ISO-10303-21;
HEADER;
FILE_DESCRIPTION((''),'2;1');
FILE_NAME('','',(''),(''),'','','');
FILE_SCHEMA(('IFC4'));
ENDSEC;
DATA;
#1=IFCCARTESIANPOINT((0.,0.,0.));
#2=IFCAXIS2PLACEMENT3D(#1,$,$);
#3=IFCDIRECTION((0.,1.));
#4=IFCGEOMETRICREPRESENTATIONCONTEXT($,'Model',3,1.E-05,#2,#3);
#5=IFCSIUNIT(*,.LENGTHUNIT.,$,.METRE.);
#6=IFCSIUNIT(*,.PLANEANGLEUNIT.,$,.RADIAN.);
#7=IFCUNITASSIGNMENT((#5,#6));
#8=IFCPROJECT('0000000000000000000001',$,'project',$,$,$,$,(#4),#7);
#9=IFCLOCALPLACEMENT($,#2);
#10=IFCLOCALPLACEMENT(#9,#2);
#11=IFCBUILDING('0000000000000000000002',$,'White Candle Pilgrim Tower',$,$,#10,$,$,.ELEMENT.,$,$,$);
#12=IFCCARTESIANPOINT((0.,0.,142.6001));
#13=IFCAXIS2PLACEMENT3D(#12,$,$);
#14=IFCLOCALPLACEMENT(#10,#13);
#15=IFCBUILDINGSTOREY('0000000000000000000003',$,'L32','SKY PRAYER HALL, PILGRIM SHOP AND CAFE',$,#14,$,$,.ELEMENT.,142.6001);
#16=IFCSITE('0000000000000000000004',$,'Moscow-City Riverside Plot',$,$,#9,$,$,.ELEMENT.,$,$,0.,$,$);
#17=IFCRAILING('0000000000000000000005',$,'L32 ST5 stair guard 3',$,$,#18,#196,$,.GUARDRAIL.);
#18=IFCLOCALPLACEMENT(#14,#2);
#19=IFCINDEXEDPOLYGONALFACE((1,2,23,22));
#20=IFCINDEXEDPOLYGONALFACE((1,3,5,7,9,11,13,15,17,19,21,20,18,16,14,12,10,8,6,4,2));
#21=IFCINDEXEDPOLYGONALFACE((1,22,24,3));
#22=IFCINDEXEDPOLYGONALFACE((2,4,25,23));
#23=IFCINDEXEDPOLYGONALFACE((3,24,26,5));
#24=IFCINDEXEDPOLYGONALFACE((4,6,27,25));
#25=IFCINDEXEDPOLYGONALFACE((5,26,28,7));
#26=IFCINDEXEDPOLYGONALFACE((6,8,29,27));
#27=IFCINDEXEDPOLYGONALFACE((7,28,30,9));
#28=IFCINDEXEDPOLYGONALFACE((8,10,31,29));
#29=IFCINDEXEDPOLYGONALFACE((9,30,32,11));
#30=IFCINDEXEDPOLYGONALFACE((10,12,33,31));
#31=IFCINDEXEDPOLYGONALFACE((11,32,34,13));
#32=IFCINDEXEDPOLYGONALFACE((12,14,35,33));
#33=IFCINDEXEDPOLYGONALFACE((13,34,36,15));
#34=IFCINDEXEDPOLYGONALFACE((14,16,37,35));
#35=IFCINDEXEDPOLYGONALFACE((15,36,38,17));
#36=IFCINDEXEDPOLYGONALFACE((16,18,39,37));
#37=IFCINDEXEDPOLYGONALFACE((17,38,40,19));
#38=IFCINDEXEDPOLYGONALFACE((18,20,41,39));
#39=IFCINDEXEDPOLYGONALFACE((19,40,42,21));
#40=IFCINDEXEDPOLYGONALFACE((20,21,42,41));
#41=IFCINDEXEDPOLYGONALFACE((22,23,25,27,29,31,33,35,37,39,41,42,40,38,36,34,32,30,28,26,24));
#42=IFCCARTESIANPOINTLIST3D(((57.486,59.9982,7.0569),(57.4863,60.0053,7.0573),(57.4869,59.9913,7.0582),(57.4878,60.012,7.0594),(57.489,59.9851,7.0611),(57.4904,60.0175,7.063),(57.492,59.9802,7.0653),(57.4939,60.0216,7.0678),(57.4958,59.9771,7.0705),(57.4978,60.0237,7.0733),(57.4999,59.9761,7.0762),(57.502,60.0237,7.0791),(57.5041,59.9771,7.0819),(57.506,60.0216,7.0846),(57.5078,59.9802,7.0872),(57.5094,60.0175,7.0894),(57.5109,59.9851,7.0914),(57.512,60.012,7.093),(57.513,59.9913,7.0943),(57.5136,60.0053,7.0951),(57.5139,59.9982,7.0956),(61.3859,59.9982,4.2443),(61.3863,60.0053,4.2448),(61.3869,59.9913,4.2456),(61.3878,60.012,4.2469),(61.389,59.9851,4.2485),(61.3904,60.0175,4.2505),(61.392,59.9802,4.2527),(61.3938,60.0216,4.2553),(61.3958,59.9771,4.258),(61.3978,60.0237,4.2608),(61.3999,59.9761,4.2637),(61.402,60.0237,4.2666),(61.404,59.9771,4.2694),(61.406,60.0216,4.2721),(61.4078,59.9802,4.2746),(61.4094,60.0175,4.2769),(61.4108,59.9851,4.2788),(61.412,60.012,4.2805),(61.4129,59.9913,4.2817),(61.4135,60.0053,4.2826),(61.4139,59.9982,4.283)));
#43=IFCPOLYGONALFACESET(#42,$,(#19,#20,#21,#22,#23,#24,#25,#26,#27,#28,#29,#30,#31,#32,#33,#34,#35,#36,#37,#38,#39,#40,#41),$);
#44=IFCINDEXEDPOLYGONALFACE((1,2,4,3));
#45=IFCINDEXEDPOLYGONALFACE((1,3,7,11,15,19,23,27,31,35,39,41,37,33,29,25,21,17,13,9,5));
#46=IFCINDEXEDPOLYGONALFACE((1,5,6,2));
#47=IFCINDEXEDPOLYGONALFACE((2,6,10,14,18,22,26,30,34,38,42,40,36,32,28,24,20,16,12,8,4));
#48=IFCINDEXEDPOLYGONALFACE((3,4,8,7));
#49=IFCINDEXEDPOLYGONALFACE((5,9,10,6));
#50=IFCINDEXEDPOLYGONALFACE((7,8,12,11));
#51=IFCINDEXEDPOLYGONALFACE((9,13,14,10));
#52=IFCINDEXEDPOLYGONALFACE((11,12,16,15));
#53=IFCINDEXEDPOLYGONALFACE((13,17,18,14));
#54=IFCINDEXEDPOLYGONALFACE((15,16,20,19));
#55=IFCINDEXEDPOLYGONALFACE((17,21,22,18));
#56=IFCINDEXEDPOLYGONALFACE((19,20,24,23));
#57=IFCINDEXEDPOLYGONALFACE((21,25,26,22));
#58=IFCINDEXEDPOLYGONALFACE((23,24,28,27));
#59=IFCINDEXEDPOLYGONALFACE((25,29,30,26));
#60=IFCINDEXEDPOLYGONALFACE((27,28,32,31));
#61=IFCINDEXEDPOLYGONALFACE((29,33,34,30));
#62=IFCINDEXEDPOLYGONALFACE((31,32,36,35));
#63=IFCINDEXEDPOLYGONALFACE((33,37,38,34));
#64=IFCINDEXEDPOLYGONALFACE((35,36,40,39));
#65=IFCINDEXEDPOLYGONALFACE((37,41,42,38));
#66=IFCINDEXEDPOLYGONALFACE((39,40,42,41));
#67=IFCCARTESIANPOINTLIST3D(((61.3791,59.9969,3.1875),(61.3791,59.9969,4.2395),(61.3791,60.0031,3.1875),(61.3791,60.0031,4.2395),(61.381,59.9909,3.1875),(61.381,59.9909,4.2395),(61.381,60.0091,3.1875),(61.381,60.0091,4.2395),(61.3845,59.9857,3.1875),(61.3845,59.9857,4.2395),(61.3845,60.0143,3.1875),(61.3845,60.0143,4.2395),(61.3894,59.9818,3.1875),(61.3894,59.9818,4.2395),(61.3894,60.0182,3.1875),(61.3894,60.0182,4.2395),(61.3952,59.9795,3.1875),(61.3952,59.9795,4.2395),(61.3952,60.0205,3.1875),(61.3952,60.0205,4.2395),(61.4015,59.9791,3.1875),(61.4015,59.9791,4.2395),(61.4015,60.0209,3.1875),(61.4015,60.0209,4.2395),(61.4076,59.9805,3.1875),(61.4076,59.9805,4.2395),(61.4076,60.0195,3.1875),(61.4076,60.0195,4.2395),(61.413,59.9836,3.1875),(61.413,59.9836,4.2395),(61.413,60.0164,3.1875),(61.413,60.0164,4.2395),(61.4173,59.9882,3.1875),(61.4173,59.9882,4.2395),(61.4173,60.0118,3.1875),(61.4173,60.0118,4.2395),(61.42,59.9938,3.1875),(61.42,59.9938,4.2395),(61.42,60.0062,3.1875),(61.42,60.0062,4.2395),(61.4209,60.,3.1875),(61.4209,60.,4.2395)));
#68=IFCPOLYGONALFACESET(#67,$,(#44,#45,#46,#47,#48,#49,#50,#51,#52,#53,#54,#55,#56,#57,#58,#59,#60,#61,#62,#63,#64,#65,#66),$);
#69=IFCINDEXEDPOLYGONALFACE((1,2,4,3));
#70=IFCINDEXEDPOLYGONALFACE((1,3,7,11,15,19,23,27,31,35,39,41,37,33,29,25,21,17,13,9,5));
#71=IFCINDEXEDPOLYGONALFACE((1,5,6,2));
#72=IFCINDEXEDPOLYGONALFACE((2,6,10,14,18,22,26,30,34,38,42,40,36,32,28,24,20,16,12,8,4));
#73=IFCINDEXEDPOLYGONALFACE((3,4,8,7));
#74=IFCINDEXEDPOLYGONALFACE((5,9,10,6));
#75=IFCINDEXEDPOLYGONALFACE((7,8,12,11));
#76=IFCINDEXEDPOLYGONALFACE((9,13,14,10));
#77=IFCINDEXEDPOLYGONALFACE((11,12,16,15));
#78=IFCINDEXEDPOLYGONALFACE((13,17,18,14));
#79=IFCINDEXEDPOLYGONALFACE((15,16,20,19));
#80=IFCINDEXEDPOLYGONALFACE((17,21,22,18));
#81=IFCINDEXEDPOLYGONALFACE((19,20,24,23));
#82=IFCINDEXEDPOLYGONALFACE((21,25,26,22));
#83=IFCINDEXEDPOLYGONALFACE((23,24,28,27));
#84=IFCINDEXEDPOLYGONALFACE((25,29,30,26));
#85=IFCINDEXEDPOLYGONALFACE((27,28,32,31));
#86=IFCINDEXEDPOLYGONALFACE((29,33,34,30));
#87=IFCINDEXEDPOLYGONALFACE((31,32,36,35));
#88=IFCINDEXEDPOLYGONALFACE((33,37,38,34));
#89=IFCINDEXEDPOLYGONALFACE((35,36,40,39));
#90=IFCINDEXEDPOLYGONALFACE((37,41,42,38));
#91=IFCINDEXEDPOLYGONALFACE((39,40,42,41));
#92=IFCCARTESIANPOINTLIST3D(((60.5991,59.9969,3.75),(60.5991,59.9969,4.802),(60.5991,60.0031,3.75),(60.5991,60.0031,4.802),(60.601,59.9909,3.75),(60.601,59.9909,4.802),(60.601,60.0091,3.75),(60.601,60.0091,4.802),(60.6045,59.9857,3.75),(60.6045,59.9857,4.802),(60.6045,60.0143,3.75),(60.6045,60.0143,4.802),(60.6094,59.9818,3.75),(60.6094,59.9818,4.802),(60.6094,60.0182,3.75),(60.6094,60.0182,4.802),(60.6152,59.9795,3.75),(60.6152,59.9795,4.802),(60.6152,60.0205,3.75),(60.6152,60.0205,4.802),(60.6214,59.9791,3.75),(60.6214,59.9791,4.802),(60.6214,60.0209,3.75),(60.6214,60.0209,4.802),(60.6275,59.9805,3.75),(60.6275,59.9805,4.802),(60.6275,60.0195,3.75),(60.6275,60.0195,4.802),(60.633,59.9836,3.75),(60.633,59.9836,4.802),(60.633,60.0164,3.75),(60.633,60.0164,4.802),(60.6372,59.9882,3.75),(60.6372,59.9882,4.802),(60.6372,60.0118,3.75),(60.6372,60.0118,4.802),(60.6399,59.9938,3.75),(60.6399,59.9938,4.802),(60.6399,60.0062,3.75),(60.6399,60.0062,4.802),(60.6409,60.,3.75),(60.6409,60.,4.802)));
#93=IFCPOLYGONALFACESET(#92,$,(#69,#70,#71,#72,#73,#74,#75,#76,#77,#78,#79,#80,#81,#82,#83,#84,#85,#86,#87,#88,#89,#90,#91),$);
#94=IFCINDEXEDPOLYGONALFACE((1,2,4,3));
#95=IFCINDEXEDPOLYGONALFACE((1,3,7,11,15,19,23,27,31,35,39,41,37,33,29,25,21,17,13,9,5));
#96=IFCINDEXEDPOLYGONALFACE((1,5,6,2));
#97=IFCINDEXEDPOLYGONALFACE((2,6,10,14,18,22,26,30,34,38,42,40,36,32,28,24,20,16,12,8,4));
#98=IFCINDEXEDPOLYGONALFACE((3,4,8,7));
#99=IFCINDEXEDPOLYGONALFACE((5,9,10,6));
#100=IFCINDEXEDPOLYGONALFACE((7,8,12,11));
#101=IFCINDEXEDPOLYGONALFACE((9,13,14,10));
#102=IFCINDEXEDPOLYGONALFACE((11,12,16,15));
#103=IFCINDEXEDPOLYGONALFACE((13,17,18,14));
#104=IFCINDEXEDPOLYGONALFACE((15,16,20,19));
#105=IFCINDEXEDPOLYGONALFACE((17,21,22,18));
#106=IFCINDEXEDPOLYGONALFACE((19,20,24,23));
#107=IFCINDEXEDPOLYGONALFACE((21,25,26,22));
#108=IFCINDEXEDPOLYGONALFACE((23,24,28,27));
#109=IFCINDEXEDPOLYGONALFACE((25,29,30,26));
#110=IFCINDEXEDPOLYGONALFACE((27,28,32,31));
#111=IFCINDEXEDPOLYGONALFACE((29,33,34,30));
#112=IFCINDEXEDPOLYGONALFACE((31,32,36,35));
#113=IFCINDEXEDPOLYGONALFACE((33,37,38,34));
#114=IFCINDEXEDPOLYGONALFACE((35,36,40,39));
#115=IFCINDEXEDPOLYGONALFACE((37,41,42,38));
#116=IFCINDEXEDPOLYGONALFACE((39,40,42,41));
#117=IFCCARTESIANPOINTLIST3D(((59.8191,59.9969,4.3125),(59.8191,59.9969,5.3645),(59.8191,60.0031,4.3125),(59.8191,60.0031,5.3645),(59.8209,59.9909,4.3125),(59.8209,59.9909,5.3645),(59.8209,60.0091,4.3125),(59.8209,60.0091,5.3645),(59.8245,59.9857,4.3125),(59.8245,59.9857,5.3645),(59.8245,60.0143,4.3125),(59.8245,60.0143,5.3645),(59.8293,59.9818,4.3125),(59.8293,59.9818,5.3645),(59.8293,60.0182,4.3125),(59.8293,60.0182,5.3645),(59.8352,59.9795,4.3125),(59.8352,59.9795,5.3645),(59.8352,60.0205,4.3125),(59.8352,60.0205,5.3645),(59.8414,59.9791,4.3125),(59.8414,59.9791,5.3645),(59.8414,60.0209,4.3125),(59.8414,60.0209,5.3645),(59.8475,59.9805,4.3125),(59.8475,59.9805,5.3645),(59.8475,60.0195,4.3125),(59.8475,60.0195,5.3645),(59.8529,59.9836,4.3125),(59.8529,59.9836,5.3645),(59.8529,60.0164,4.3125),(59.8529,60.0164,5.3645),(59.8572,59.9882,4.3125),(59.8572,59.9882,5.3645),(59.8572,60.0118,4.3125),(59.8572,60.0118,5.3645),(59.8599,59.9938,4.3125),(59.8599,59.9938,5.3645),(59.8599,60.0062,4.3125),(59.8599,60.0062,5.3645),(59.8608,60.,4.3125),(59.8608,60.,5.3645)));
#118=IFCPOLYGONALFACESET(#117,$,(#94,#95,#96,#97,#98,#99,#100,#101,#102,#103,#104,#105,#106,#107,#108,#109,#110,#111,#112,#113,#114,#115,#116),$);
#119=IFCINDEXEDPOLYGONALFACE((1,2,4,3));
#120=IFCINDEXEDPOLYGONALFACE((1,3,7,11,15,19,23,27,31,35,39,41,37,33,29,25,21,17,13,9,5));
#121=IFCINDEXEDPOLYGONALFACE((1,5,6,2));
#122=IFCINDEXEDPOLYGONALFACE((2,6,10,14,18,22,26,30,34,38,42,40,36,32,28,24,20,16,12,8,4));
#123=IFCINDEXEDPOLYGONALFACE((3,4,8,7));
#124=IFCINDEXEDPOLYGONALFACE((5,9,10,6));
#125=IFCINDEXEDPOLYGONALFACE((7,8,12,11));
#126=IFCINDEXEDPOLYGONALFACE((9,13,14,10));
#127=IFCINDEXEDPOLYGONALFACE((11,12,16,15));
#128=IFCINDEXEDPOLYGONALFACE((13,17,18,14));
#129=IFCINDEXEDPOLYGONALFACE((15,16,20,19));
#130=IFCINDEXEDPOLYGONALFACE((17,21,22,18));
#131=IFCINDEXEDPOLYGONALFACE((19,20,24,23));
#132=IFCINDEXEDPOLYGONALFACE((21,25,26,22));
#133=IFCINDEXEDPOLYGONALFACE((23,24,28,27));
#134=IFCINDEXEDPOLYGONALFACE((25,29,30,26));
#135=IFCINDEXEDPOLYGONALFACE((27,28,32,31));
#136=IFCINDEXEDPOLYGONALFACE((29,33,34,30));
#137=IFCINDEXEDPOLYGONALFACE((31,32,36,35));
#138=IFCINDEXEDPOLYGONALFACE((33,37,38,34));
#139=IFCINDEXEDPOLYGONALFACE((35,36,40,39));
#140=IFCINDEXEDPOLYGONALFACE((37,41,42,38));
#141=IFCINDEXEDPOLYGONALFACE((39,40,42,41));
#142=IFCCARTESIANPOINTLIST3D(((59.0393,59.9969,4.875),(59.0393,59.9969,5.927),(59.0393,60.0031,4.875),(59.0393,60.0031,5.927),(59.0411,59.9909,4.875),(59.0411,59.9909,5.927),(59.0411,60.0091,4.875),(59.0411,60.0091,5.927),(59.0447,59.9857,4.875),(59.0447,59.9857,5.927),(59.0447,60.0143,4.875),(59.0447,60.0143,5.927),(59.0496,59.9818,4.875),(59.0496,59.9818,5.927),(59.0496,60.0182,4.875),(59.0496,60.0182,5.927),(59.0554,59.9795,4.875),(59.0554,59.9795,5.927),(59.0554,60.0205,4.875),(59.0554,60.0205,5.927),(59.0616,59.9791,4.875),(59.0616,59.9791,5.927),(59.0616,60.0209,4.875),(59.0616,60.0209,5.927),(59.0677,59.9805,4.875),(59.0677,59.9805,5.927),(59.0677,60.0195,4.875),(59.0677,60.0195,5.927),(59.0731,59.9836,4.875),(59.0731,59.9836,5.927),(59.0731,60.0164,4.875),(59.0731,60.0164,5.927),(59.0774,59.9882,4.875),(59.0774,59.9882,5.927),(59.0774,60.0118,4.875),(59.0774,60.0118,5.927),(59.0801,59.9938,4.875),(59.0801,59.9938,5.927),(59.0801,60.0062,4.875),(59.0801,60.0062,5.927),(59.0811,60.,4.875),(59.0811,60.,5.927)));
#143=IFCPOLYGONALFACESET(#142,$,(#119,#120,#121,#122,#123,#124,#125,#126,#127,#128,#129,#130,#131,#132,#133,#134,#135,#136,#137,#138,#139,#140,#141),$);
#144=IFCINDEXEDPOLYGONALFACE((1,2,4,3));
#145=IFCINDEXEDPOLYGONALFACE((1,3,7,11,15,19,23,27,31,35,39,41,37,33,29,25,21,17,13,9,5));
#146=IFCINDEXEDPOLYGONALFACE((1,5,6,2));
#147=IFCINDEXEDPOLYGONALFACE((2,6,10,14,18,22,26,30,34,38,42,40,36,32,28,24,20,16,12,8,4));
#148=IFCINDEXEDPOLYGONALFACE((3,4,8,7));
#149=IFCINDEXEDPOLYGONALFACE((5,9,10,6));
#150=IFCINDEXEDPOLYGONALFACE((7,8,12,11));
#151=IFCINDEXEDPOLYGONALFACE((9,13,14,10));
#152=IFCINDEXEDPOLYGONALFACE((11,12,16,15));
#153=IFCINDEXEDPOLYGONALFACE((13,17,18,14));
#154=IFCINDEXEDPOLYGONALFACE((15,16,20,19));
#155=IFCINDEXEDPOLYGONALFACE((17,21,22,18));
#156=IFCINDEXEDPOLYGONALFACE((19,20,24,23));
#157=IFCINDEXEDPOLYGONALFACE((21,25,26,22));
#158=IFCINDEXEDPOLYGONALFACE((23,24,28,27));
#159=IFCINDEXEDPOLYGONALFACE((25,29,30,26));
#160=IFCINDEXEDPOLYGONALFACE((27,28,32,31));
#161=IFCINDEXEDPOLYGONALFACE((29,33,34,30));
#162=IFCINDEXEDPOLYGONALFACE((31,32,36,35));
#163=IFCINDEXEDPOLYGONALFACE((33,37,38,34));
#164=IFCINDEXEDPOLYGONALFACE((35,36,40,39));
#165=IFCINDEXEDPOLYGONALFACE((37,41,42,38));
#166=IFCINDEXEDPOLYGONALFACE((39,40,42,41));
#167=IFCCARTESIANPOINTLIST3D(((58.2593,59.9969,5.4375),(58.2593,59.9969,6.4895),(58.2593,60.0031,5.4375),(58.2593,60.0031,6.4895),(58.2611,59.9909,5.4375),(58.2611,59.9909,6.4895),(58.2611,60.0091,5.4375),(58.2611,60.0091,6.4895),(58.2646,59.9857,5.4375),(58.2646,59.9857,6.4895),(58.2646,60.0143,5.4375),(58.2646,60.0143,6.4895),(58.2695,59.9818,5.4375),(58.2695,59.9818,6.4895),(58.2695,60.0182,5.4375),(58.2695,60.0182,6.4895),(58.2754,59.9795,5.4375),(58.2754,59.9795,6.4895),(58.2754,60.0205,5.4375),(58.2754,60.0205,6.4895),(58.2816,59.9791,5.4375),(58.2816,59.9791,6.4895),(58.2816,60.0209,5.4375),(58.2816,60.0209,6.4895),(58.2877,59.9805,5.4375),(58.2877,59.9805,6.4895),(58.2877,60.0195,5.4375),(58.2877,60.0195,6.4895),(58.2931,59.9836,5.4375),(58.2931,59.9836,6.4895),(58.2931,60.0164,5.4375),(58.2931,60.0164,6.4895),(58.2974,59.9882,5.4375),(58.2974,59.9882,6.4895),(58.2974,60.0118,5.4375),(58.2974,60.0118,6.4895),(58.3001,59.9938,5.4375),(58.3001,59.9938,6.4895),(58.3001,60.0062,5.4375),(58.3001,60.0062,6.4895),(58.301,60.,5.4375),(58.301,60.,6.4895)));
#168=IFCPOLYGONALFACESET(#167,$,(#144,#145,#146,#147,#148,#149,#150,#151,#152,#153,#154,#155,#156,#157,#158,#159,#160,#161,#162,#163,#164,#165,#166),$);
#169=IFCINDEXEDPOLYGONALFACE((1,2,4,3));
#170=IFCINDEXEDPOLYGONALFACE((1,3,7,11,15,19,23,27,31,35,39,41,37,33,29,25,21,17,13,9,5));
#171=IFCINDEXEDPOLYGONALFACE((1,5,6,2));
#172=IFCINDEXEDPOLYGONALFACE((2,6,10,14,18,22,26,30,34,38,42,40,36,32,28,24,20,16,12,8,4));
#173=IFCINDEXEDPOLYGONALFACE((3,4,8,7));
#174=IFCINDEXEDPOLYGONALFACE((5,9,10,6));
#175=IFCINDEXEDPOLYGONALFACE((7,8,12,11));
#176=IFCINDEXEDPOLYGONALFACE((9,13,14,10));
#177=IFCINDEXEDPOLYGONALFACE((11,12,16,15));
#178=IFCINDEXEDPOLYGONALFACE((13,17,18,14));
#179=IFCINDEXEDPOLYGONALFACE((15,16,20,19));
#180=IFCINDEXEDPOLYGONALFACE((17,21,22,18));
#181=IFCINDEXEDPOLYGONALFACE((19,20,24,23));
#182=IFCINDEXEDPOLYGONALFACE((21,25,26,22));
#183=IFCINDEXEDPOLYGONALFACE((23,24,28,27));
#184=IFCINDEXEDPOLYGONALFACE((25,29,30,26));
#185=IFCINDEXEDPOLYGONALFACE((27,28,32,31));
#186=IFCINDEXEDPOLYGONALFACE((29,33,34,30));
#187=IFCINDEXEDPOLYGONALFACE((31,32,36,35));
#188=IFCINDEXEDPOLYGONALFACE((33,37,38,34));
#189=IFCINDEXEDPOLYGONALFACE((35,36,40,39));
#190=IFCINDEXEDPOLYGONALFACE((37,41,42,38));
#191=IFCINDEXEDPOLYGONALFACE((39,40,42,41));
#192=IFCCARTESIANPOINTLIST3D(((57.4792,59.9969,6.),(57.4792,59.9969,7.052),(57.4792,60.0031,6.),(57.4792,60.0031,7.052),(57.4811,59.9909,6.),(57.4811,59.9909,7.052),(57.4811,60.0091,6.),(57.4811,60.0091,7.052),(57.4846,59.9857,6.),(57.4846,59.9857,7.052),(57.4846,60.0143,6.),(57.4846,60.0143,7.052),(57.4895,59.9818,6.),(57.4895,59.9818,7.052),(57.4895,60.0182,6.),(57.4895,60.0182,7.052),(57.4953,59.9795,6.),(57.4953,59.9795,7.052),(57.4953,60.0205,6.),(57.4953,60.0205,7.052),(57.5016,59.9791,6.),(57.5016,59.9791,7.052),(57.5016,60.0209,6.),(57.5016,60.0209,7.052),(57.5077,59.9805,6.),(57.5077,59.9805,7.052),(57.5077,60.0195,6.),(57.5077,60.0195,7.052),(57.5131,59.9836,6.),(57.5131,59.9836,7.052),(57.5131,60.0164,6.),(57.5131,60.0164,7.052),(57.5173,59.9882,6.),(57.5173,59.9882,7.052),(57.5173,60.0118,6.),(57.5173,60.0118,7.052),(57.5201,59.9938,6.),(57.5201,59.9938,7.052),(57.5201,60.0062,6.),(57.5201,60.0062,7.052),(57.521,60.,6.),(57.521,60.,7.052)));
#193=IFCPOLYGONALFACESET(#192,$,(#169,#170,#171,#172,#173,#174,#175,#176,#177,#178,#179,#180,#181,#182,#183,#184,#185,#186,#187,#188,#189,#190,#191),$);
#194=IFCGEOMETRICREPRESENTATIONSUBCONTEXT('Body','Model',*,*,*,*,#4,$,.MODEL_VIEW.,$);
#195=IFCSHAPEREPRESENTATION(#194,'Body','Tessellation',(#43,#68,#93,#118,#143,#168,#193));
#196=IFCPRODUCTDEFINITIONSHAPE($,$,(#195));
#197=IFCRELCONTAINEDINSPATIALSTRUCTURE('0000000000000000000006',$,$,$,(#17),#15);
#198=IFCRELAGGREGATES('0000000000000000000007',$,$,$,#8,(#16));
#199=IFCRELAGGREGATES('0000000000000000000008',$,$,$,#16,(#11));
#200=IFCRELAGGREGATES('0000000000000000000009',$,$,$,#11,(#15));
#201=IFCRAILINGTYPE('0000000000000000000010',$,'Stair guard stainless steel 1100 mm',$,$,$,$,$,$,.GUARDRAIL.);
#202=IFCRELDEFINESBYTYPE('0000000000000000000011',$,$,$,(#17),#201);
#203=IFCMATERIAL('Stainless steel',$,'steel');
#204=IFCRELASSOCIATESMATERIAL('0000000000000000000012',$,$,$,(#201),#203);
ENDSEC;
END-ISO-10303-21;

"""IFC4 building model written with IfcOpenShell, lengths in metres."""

from ifc_helpers import new_model, si_unit, direction, frame, origin, origin_2d, place, context, subcontext, project, spatial, circle, extrude, material, type_object, element, save


model = new_model("IFC4")

# Units and contexts
model_context = context("Model", 3, precision=1e-05, world=origin(), true_north=direction((0.0, 1.0)))
body_context = subcontext(model_context, "Body", "Model", "MODEL_VIEW")
ifc_project = project(units=[si_unit("LENGTHUNIT", "METRE"), si_unit("PLANEANGLEUNIT", "RADIAN")], contexts=[model_context])

# Site, building, storey
site_placement = place(None, origin())
site = spatial("IfcSite", under=ifc_project, at=site_placement, Name="Moscow-City Riverside Plot", CompositionType="ELEMENT", RefElevation=0.0)
building_placement = place(site_placement, origin())
building = spatial("IfcBuilding", under=site, at=building_placement, Name="White Candle Pilgrim Tower", CompositionType="ELEMENT")
storey_placement = place(building_placement, frame((0.0, 0.0, 142.6001)))
storey = spatial("IfcBuildingStorey", under=building, at=storey_placement, Name="L32", Description="SKY PRAYER HALL, PILGRIM SHOP AND CAFE", CompositionType="ELEMENT", Elevation=142.6001)

# Railing
ifc_material_1 = material(Name="Stainless steel", Category="steel")
railing_type_1 = type_object("IfcRailingType", Name="Stair guard stainless steel 1100 mm", PredefinedType="GUARDRAIL", material=ifc_material_1)
railing_1_placement = place(storey_placement, frame((61.3999, 60.0, 3.1875)))
element("IfcRailing", 1, at=railing_1_placement, inside=storey, type_object=railing_type_1, Name="L32 ST5 stair guard 3", PredefinedType="GUARDRAIL", context=body_context, shape_type="SweptSolid", body=[
    extrude(circle(Radius=0.0239, at=origin_2d()), frame((0.0, 0.0, 1.0762), z_axis=(-0.811083, 0.0, 0.584931), x_axis=(0.0, -1.0, 0.0)), (0.0, 0.0, 1.0), 4.8083),
    extrude(circle(Radius=0.021, at=origin_2d()), origin(), (0.0, 0.0, 1.0), 1.052),
    extrude(circle(Radius=0.021, at=origin_2d()), frame((-0.78, 0.0, 0.5625)), (0.0, 0.0, 1.0), 1.052),
    extrude(circle(Radius=0.021, at=origin_2d()), frame((-1.5601, 0.0, 1.125)), (0.0, 0.0, 1.0), 1.052),
    extrude(circle(Radius=0.021, at=origin_2d()), frame((-2.3398, 0.0, 1.6875)), (0.0, 0.0, 1.0), 1.052),
    extrude(circle(Radius=0.021, at=origin_2d()), frame((-3.1199, 0.0, 2.25)), (0.0, 0.0, 1.0), 1.052),
    extrude(circle(Radius=0.021, at=origin_2d()), frame((-3.8999, 0.0, 2.8125)), (0.0, 0.0, 1.0), 1.052),
])

save(model, "model.ifc")
